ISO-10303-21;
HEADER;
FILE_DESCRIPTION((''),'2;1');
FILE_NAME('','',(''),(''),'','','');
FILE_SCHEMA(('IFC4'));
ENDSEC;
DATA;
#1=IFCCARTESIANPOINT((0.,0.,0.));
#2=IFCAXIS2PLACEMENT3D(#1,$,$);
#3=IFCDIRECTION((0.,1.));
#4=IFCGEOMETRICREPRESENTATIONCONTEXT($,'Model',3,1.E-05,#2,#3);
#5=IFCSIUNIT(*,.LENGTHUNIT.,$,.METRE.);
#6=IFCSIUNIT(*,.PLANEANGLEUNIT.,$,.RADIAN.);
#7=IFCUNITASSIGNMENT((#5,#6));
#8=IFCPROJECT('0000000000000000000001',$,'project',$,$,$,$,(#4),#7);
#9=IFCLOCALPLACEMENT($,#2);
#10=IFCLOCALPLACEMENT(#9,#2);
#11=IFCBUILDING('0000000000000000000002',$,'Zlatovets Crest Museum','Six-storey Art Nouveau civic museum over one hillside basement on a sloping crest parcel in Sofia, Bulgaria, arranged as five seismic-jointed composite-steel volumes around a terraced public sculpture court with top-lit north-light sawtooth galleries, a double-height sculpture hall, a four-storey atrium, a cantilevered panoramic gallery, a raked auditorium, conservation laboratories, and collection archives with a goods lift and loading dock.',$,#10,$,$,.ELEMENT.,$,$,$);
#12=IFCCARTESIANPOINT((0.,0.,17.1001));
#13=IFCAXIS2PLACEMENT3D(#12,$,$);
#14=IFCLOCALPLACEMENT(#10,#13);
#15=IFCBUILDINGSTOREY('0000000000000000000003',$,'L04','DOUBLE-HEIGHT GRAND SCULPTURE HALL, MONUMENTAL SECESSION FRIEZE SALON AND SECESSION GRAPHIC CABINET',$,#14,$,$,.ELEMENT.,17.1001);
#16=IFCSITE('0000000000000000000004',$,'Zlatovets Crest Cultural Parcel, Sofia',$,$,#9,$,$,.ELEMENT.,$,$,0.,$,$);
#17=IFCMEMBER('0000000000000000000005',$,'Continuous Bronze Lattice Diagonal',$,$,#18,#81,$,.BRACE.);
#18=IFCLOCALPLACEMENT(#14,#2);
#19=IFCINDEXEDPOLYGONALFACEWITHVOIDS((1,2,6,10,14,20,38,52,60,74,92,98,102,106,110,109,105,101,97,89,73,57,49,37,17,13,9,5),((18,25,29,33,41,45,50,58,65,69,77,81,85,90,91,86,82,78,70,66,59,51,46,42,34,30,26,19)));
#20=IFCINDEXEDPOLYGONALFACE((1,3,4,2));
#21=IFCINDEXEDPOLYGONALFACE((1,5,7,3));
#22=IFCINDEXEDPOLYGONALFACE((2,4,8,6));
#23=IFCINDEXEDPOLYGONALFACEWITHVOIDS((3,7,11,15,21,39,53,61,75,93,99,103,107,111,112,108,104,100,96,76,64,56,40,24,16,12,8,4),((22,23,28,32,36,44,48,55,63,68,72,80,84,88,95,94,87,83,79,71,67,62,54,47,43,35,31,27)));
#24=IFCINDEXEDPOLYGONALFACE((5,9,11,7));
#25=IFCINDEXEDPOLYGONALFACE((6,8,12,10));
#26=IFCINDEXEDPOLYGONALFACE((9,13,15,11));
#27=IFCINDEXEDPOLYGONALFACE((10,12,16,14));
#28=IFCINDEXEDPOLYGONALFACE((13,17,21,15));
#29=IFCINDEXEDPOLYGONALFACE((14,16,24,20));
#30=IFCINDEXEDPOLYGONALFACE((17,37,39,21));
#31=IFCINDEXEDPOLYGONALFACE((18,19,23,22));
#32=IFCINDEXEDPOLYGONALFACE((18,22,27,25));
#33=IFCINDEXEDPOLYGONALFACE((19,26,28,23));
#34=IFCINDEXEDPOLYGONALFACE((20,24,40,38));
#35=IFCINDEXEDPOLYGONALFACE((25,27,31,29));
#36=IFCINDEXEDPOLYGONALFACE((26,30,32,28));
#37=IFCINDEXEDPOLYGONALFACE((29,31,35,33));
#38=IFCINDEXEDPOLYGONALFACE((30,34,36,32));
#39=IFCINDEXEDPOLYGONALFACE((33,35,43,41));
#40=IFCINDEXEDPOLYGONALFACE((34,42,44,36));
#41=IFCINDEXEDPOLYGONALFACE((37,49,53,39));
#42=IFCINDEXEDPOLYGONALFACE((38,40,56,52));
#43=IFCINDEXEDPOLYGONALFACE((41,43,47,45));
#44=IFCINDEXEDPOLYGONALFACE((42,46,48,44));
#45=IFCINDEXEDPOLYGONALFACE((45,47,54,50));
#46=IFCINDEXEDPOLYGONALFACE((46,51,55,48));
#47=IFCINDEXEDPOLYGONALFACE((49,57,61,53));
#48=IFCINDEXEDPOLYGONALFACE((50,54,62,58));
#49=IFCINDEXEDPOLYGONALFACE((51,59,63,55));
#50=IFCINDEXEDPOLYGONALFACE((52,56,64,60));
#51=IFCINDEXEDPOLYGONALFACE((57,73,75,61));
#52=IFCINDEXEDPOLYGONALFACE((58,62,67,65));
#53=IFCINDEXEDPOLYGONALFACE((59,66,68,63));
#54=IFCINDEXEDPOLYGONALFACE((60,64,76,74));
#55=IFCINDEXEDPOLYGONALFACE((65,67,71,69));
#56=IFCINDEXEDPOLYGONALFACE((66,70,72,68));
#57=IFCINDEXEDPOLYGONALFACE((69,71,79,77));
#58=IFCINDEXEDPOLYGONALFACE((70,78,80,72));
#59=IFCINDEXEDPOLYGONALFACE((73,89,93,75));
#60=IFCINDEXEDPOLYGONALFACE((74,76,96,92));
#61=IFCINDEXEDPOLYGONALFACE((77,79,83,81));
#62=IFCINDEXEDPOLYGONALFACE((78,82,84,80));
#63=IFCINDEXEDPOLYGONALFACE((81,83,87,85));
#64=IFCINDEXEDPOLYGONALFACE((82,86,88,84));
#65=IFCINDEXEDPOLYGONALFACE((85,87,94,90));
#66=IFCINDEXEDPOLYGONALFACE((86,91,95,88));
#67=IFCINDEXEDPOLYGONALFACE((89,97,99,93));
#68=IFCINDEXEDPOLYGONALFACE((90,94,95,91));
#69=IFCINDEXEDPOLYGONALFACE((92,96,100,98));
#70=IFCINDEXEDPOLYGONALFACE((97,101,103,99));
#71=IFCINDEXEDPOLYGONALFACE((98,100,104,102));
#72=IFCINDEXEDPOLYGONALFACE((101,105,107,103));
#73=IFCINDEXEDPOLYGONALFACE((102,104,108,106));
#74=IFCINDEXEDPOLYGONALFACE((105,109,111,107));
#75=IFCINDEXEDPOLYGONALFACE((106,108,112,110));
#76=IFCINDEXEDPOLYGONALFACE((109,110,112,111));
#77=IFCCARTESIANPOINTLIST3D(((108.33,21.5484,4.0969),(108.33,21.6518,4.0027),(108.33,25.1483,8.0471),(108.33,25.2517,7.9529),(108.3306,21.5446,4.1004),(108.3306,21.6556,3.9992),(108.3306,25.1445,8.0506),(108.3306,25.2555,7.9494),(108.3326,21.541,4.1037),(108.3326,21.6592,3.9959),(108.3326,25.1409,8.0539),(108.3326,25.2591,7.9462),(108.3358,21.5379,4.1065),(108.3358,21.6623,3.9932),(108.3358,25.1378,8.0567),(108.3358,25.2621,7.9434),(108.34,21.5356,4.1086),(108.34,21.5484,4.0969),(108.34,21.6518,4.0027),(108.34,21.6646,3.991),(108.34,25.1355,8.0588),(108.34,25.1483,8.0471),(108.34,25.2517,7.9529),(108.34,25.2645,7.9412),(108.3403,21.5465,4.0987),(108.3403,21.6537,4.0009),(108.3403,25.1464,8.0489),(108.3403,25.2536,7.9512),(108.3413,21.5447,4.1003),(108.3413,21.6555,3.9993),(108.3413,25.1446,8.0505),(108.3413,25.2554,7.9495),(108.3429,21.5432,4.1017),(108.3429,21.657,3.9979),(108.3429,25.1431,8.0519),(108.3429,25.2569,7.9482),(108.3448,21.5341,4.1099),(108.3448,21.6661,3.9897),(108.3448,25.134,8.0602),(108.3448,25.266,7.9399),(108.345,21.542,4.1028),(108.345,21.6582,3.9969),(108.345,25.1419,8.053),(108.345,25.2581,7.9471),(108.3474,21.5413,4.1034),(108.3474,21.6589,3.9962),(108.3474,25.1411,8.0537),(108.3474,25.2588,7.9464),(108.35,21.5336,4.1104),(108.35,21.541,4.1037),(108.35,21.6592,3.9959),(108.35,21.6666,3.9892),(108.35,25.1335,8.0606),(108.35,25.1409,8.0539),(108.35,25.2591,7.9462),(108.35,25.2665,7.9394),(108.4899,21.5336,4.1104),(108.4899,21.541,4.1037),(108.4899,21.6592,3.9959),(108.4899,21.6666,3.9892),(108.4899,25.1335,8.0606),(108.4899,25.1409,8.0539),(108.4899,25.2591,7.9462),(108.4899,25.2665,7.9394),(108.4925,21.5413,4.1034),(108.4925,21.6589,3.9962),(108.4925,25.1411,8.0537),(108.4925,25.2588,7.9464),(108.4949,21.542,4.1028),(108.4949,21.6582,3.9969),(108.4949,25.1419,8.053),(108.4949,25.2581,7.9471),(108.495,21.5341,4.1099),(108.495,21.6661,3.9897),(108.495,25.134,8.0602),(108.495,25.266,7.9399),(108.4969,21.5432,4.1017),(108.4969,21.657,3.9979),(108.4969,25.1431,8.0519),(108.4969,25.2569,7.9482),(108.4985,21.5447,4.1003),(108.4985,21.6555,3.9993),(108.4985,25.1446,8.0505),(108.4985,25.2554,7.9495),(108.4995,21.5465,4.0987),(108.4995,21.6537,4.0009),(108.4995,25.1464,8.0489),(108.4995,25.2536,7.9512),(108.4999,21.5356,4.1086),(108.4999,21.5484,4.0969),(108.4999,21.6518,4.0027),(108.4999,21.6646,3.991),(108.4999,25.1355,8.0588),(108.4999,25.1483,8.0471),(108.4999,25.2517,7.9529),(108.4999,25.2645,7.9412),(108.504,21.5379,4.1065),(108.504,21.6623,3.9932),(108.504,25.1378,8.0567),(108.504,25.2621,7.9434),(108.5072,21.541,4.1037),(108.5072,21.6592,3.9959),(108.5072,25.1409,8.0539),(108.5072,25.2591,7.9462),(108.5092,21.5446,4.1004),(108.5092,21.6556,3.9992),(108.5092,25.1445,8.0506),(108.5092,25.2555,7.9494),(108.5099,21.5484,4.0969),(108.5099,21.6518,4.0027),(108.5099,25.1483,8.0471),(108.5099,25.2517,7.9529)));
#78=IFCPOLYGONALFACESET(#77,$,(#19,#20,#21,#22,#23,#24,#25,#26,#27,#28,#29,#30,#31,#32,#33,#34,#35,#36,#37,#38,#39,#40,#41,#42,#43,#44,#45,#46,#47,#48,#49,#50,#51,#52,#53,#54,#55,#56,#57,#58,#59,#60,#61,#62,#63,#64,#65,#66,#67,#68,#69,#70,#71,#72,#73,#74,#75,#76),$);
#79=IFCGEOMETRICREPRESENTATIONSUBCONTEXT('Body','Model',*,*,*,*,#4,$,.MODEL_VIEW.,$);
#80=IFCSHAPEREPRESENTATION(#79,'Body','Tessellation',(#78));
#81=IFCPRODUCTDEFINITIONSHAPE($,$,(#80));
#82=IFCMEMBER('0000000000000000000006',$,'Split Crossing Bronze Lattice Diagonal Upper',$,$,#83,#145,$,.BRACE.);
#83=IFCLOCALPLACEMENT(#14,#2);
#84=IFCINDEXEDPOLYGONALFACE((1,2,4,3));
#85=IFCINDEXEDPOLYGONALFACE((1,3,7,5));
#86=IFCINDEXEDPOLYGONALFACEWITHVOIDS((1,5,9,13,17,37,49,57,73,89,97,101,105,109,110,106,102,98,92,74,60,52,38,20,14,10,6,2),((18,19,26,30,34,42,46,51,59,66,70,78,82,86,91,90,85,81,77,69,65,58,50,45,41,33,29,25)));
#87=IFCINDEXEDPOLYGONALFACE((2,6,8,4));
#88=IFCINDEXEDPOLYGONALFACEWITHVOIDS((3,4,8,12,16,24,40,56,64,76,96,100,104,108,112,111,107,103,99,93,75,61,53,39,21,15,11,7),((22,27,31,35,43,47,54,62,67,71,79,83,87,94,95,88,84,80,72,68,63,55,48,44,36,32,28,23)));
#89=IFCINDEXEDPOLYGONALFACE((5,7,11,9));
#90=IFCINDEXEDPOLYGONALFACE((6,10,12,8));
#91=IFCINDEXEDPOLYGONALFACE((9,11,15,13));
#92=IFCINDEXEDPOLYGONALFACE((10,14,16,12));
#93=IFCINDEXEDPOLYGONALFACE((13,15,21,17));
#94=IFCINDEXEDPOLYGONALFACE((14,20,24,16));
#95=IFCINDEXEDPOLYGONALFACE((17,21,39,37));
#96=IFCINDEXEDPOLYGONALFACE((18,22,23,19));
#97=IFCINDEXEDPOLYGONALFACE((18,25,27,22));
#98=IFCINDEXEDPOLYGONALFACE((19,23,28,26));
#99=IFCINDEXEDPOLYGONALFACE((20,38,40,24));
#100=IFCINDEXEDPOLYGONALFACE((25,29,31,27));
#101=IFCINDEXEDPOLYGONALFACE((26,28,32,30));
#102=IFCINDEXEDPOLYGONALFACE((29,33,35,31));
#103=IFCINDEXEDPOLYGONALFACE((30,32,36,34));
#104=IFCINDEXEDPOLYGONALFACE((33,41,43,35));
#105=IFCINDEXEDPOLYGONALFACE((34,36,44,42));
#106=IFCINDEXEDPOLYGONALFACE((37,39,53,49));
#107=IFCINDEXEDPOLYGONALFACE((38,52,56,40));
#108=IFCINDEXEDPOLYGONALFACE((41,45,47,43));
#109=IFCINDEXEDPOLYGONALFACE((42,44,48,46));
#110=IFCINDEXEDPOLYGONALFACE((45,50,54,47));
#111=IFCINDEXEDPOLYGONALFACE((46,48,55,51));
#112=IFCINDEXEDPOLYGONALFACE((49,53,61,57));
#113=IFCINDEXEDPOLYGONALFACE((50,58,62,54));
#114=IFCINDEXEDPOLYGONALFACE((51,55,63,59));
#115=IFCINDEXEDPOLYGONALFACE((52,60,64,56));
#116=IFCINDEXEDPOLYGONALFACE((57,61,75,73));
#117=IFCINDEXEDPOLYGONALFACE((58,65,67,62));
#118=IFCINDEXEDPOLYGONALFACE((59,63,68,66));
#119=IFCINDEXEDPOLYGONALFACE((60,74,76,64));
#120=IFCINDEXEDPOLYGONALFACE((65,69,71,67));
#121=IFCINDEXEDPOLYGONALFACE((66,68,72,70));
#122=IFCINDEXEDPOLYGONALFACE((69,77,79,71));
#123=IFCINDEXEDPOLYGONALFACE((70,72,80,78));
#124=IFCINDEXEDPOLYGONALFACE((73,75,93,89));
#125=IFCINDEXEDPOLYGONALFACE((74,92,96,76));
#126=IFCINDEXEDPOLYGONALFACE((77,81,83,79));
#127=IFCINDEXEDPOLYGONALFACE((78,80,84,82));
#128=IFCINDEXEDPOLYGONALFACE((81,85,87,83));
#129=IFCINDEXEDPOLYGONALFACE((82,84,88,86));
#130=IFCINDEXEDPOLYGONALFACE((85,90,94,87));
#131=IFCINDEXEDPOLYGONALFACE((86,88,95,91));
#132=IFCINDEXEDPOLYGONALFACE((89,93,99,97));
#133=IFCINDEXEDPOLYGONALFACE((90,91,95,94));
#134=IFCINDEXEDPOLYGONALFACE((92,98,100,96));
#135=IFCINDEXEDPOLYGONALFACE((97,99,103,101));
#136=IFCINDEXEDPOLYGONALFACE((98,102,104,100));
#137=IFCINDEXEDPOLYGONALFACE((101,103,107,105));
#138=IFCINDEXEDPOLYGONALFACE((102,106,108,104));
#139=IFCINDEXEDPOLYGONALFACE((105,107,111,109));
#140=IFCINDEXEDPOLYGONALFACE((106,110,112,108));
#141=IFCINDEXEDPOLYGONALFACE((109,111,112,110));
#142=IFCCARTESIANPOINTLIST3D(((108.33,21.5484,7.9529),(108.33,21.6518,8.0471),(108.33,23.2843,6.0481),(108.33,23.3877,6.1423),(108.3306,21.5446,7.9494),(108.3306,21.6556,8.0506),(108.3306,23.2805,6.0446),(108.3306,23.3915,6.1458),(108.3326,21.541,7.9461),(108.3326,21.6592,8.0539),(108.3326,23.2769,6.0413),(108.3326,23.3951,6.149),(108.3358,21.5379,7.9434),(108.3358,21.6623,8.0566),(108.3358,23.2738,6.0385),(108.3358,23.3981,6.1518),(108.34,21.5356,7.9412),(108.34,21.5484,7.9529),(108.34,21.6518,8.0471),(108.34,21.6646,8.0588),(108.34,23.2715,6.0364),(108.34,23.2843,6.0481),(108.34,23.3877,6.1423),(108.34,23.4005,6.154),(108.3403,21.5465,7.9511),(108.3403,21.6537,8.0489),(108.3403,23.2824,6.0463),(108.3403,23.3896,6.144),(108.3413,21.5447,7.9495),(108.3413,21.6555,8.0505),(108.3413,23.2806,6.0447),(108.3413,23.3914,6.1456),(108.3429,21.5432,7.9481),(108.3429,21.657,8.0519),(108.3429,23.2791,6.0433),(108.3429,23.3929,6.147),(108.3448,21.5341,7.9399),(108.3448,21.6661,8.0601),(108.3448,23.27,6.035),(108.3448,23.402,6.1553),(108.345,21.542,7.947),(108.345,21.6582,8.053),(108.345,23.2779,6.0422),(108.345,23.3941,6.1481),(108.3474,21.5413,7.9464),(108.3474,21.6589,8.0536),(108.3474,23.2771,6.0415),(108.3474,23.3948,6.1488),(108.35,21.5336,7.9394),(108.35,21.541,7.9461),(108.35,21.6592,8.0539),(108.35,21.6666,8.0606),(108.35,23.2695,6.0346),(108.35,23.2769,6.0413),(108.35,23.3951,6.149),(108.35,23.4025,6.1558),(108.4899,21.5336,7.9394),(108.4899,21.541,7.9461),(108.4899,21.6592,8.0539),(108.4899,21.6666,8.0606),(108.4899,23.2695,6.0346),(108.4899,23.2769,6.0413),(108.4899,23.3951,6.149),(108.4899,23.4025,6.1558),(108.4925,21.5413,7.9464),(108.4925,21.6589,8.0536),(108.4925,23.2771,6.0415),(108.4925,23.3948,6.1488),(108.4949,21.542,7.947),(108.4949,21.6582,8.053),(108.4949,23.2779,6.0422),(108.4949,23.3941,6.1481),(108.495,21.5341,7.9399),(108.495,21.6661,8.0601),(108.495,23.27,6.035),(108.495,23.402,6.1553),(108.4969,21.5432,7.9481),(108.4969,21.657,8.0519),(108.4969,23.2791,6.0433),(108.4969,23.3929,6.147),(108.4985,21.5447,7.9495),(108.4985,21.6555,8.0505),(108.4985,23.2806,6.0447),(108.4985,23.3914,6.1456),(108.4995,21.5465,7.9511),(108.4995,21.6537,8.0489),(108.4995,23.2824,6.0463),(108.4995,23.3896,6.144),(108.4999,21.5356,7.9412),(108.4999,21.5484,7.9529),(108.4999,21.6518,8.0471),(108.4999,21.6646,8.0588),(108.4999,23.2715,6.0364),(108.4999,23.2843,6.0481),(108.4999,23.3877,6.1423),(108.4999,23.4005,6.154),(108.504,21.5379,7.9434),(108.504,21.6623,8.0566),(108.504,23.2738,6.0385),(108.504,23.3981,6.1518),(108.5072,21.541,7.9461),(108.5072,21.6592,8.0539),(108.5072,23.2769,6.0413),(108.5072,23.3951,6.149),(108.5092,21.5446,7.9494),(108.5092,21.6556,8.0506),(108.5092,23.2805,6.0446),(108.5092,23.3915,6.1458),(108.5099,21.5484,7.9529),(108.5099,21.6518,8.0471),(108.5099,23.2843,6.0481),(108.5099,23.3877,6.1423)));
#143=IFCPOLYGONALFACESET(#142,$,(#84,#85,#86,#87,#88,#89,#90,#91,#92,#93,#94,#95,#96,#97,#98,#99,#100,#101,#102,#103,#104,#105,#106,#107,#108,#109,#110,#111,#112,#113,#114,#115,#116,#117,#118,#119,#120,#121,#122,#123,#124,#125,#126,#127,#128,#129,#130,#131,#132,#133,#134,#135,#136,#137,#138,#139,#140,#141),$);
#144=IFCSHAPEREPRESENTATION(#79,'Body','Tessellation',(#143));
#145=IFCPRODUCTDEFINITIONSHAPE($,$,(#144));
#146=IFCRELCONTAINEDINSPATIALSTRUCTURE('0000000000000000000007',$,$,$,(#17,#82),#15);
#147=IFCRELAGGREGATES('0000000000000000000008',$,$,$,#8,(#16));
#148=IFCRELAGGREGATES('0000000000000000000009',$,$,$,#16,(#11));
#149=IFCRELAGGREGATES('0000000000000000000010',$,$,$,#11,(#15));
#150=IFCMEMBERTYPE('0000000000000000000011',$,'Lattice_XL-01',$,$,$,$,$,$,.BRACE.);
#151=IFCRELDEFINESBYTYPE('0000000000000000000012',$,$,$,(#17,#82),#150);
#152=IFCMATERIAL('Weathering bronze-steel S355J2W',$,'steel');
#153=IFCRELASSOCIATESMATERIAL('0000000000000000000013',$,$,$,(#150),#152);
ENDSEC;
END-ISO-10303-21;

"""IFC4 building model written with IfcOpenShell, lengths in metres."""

from ifc_helpers import new_model, si_unit, direction, frame, origin, origin_2d, place, context, subcontext, project, spatial, hollow_rectangle, extrude, material, material_profile, profile_set, type_object, element, save


model = new_model("IFC4")

# Units and contexts
model_context = context("Model", 3, precision=1e-05, world=origin(), true_north=direction((0.0, 1.0)))
body_context = subcontext(model_context, "Body", "Model", "MODEL_VIEW")
ifc_project = project(units=[si_unit("LENGTHUNIT", "METRE"), si_unit("PLANEANGLEUNIT", "RADIAN")], contexts=[model_context])

# Site, building, storey
site_placement = place(None, origin())
site = spatial("IfcSite", under=ifc_project, at=site_placement, Name="Zlatovets Crest Cultural Parcel, Sofia", CompositionType="ELEMENT", RefElevation=0.0)
building_placement = place(site_placement, origin())
building = spatial("IfcBuilding", under=site, at=building_placement, Name="Zlatovets Crest Museum", Description="Six-storey Art Nouveau civic museum over one hillside basement on a sloping crest parcel in Sofia, Bulgaria, arranged as five seismic-jointed composite-steel volumes around a terraced public sculpture court with top-lit north-light sawtooth galleries, a double-height sculpture hall, a four-storey atrium, a cantilevered panoramic gallery, a raked auditorium, conservation laboratories, and collection archives with a goods lift and loading dock.", CompositionType="ELEMENT")
storey_placement = place(building_placement, frame((0.0, 0.0, 17.1001)))
storey = spatial("IfcBuildingStorey", under=building, at=storey_placement, Name="L04", Description="DOUBLE-HEIGHT GRAND SCULPTURE HALL, MONUMENTAL SECESSION FRIEZE SALON AND SECESSION GRAPHIC CABINET", CompositionType="ELEMENT", Elevation=17.1001)

# Members
ifc_material_1 = material(Name="Weathering bronze-steel S355J2W", Category="steel")
ifc_material_profile_1 = material_profile(ifc_material_1, hollow_rectangle(XDim=0.1799, YDim=0.1799, WallThickness=0.01, InnerFilletRadius=0.01, OuterFilletRadius=0.02, at=origin_2d()), Name="SHS 180x180x10.0")
ifc_profile_set_1 = profile_set([ifc_material_profile_1], Name="Weathering bronze-steel S355J2W")
member_type_1 = type_object("IfcMemberType", Name="Lattice_XL-01", PredefinedType="BRACE", material=ifc_profile_set_1)
member_1_placement = place(storey_placement, frame((108.4199, 21.6001, 4.0498), z_axis=(0.0, 0.67357, 0.739123), x_axis=(-1.0, 0.0, 0.0)))
element("IfcMember", 1, at=member_1_placement, inside=storey, type_object=member_type_1, Name="Continuous Bronze Lattice Diagonal", PredefinedType="BRACE", context=body_context, shape_type="SweptSolid", body=[
    extrude(hollow_rectangle(XDim=0.1799, YDim=0.1799, WallThickness=0.01, InnerFilletRadius=0.01, OuterFilletRadius=0.02, at=origin_2d()), origin(), (0.0, 0.0, 1.0), 5.3445),
])
member_2_placement = place(storey_placement, frame((108.4199, 21.6001, 8.0), z_axis=(0.0, 0.673568, -0.739125), x_axis=(-1.0, 0.0, 0.0)))
element("IfcMember", 2, at=member_2_placement, inside=storey, type_object=member_type_1, Name="Split Crossing Bronze Lattice Diagonal Upper", PredefinedType="BRACE", context=body_context, shape_type="SweptSolid", body=[
    extrude(hollow_rectangle(XDim=0.1799, YDim=0.1799, WallThickness=0.01, InnerFilletRadius=0.01, OuterFilletRadius=0.02, at=origin_2d()), origin(), (0.0, 0.0, 1.0), 2.5771),
])

save(model, "model.ifc")
